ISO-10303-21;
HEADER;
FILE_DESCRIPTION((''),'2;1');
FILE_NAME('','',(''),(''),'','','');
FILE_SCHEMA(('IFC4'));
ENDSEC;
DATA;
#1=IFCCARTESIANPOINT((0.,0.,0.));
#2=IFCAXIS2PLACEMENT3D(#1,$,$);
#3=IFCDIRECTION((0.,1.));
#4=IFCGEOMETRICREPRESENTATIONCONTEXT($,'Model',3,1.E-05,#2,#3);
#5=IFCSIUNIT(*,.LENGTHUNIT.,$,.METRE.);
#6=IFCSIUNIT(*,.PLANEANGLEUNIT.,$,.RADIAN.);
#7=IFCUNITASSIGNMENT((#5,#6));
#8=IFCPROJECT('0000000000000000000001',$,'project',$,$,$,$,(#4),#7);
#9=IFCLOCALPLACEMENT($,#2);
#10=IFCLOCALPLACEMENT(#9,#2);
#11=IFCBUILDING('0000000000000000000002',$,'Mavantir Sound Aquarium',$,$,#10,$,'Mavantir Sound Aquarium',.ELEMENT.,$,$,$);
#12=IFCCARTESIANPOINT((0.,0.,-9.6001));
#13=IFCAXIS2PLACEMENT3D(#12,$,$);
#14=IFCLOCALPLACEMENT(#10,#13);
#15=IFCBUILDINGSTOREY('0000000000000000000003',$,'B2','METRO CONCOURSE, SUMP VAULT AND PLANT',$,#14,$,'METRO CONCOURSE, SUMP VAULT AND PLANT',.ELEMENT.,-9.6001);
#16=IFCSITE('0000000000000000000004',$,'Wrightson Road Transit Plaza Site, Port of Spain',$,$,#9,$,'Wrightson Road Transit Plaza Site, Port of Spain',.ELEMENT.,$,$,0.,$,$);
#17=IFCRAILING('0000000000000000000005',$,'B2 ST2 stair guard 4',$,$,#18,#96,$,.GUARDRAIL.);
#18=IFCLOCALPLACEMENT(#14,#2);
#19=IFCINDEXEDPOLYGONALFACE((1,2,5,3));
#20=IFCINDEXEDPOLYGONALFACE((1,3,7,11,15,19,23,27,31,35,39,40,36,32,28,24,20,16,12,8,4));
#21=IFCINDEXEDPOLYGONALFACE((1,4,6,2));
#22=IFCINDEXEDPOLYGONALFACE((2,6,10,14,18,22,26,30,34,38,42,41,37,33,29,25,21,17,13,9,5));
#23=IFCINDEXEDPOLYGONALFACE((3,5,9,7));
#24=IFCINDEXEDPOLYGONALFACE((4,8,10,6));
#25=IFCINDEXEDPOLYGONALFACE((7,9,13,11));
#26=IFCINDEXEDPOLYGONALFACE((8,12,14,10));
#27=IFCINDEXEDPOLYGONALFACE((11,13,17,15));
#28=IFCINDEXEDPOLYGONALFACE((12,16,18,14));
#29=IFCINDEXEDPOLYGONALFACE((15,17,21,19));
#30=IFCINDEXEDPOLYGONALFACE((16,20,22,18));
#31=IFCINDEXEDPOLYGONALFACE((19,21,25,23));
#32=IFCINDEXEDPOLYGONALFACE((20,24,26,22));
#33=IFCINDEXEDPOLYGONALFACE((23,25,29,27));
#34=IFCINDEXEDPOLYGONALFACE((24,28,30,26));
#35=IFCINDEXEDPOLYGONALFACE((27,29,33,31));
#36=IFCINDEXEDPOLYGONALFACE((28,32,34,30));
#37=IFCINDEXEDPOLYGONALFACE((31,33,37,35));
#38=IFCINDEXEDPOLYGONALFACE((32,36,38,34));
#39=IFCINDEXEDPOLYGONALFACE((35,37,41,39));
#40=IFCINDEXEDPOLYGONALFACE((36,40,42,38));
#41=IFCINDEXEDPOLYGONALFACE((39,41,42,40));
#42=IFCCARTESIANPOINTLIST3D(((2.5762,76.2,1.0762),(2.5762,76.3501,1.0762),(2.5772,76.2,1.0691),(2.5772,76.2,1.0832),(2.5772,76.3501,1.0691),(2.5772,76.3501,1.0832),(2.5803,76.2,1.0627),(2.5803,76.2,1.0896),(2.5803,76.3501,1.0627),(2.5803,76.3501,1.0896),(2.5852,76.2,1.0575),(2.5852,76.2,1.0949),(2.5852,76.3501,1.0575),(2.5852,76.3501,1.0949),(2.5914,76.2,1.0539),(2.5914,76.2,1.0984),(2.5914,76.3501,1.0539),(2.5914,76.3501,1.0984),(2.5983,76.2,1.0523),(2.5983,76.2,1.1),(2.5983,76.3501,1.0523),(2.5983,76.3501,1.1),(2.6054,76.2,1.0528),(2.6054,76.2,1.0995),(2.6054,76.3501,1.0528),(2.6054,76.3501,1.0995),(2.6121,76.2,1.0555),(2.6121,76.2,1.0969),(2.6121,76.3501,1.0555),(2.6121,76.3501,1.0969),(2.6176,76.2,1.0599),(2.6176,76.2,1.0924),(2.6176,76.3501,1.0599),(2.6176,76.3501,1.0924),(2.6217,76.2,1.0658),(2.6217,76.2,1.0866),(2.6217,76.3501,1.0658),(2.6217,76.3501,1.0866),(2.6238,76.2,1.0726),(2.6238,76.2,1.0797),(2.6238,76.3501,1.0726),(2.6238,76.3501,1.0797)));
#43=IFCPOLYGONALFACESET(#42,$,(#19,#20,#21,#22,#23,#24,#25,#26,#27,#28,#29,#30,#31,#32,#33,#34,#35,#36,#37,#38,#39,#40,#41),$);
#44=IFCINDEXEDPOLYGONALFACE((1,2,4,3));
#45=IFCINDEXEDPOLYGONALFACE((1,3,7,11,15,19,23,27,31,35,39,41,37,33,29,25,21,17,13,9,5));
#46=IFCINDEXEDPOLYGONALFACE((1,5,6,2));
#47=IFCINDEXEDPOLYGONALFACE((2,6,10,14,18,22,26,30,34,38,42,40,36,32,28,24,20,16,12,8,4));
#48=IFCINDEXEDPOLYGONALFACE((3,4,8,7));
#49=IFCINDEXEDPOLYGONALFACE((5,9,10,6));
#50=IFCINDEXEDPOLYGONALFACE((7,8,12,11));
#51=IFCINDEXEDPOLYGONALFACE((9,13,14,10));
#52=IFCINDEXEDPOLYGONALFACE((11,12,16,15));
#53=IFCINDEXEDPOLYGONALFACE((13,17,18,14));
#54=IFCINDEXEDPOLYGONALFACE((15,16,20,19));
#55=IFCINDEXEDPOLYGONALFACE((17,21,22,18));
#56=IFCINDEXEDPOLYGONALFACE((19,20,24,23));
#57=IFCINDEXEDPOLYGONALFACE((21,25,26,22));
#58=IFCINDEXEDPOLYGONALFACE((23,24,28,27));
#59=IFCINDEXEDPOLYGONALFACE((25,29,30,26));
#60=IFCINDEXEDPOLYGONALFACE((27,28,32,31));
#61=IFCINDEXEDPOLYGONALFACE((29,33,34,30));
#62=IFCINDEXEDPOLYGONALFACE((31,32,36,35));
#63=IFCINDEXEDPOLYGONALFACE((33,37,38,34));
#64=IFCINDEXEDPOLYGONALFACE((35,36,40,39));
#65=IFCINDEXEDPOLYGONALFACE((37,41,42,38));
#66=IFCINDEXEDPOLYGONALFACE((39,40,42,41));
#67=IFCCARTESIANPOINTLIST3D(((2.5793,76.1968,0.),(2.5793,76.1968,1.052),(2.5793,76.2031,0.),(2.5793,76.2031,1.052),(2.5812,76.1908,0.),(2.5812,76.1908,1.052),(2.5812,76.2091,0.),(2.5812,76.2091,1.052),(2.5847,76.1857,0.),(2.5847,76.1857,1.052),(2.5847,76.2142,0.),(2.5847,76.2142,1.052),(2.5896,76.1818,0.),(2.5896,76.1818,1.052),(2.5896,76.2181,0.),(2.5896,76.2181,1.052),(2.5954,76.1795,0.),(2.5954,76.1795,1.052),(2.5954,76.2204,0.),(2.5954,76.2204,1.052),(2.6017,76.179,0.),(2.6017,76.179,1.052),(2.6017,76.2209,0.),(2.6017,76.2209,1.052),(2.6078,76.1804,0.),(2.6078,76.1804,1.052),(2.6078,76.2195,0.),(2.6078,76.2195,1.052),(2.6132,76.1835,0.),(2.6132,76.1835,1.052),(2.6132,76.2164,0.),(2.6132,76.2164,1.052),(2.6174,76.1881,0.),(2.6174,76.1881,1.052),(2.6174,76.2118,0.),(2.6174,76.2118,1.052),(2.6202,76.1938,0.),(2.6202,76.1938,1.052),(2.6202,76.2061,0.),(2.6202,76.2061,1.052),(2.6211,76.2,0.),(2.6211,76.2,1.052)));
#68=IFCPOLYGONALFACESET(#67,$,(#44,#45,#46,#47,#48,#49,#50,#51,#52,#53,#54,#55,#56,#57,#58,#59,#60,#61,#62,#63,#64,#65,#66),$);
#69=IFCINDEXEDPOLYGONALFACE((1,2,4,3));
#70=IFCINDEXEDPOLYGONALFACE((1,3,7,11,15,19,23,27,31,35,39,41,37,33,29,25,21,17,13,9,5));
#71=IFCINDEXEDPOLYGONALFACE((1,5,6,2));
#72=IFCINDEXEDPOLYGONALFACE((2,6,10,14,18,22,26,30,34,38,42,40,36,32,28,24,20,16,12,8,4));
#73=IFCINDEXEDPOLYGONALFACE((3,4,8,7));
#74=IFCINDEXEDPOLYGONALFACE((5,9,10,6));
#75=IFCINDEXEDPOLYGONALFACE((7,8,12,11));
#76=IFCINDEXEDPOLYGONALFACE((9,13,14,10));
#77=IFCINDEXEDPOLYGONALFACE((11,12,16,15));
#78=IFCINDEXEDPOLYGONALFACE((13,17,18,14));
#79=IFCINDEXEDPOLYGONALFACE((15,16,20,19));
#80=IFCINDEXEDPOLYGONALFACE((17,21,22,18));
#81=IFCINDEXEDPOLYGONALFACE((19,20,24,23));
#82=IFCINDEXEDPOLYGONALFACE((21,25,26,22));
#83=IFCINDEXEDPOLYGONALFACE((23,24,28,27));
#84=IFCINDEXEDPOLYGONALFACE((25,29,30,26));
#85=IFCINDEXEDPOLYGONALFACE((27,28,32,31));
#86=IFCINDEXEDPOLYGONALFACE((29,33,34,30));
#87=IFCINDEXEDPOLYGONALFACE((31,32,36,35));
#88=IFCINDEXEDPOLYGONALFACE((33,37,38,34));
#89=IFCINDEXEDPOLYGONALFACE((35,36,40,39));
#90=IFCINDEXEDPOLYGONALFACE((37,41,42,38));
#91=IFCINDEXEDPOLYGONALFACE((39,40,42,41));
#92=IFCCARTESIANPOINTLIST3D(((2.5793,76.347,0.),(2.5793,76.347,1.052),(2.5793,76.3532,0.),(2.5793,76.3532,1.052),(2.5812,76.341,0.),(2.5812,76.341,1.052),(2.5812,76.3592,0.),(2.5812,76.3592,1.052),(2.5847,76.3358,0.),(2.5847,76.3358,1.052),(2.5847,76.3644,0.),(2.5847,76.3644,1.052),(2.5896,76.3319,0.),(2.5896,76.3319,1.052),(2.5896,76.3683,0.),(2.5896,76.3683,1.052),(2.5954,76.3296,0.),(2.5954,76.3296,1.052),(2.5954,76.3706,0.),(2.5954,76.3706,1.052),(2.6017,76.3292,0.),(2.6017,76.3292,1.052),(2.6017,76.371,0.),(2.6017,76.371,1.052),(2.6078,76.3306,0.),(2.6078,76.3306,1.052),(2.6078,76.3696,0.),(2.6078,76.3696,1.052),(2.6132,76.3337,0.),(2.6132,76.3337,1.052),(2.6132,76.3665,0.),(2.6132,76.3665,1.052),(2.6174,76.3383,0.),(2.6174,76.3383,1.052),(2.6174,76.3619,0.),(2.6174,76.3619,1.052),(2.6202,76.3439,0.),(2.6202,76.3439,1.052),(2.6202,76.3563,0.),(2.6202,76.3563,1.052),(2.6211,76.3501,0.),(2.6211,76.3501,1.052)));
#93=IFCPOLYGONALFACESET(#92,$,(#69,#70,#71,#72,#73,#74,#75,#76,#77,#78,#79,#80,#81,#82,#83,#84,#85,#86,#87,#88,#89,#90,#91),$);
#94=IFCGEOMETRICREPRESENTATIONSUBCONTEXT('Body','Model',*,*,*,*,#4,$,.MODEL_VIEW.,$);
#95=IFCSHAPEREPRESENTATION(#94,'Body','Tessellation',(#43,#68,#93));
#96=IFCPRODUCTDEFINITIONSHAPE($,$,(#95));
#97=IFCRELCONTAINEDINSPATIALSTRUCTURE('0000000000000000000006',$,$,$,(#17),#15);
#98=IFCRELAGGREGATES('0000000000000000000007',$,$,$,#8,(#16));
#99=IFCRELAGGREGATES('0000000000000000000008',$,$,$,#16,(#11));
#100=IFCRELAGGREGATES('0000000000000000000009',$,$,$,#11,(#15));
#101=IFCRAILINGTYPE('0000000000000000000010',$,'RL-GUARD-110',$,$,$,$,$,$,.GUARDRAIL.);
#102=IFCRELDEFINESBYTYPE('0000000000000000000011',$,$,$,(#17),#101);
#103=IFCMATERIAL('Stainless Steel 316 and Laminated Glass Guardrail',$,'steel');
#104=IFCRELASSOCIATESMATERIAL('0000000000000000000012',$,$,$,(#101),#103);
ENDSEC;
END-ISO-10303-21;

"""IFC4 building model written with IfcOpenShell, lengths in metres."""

from ifc_helpers import new_model, si_unit, direction, frame, origin, origin_2d, place, context, subcontext, project, spatial, circle, extrude, material, type_object, element, save


model = new_model("IFC4")

# Units and contexts
model_context = context("Model", 3, precision=1e-05, world=origin(), true_north=direction((0.0, 1.0)))
body_context = subcontext(model_context, "Body", "Model", "MODEL_VIEW")
ifc_project = project(units=[si_unit("LENGTHUNIT", "METRE"), si_unit("PLANEANGLEUNIT", "RADIAN")], contexts=[model_context])

# Site, building, storey
site_placement = place(None, origin())
site = spatial("IfcSite", under=ifc_project, at=site_placement, Name="Wrightson Road Transit Plaza Site, Port of Spain", LongName="Wrightson Road Transit Plaza Site, Port of Spain", CompositionType="ELEMENT", RefElevation=0.0)
building_placement = place(site_placement, origin())
building = spatial("IfcBuilding", under=site, at=building_placement, Name="Mavantir Sound Aquarium", LongName="Mavantir Sound Aquarium", CompositionType="ELEMENT")
storey_placement = place(building_placement, frame((0.0, 0.0, -9.6001)))
storey = spatial("IfcBuildingStorey", under=building, at=storey_placement, Name="B2", Description="METRO CONCOURSE, SUMP VAULT AND PLANT", LongName="METRO CONCOURSE, SUMP VAULT AND PLANT", CompositionType="ELEMENT", Elevation=-9.6001)

# Railing
ifc_material_1 = material(Name="Stainless Steel 316 and Laminated Glass Guardrail", Category="steel")
railing_type_1 = type_object("IfcRailingType", Name="RL-GUARD-110", PredefinedType="GUARDRAIL", material=ifc_material_1)
railing_1_placement = place(storey_placement, frame((2.6001, 76.2, 0.0)))
element("IfcRailing", 1, at=railing_1_placement, inside=storey, type_object=railing_type_1, Name="B2 ST2 stair guard 4", PredefinedType="GUARDRAIL", context=body_context, shape_type="SweptSolid", body=[
    extrude(circle(Radius=0.0239, at=origin_2d()), frame((0.0, 0.0, 1.0762), z_axis=(0.0, 1.0, 0.0), x_axis=(-1.0, 0.0, 0.0)), (0.0, 0.0, 1.0), 0.1501),
    extrude(circle(Radius=0.021, at=origin_2d()), origin(), (0.0, 0.0, 1.0), 1.052),
    extrude(circle(Radius=0.021, at=origin_2d()), frame((0.0, 0.1501, 0.0)), (0.0, 0.0, 1.0), 1.052),
])

save(model, "model.ifc")
